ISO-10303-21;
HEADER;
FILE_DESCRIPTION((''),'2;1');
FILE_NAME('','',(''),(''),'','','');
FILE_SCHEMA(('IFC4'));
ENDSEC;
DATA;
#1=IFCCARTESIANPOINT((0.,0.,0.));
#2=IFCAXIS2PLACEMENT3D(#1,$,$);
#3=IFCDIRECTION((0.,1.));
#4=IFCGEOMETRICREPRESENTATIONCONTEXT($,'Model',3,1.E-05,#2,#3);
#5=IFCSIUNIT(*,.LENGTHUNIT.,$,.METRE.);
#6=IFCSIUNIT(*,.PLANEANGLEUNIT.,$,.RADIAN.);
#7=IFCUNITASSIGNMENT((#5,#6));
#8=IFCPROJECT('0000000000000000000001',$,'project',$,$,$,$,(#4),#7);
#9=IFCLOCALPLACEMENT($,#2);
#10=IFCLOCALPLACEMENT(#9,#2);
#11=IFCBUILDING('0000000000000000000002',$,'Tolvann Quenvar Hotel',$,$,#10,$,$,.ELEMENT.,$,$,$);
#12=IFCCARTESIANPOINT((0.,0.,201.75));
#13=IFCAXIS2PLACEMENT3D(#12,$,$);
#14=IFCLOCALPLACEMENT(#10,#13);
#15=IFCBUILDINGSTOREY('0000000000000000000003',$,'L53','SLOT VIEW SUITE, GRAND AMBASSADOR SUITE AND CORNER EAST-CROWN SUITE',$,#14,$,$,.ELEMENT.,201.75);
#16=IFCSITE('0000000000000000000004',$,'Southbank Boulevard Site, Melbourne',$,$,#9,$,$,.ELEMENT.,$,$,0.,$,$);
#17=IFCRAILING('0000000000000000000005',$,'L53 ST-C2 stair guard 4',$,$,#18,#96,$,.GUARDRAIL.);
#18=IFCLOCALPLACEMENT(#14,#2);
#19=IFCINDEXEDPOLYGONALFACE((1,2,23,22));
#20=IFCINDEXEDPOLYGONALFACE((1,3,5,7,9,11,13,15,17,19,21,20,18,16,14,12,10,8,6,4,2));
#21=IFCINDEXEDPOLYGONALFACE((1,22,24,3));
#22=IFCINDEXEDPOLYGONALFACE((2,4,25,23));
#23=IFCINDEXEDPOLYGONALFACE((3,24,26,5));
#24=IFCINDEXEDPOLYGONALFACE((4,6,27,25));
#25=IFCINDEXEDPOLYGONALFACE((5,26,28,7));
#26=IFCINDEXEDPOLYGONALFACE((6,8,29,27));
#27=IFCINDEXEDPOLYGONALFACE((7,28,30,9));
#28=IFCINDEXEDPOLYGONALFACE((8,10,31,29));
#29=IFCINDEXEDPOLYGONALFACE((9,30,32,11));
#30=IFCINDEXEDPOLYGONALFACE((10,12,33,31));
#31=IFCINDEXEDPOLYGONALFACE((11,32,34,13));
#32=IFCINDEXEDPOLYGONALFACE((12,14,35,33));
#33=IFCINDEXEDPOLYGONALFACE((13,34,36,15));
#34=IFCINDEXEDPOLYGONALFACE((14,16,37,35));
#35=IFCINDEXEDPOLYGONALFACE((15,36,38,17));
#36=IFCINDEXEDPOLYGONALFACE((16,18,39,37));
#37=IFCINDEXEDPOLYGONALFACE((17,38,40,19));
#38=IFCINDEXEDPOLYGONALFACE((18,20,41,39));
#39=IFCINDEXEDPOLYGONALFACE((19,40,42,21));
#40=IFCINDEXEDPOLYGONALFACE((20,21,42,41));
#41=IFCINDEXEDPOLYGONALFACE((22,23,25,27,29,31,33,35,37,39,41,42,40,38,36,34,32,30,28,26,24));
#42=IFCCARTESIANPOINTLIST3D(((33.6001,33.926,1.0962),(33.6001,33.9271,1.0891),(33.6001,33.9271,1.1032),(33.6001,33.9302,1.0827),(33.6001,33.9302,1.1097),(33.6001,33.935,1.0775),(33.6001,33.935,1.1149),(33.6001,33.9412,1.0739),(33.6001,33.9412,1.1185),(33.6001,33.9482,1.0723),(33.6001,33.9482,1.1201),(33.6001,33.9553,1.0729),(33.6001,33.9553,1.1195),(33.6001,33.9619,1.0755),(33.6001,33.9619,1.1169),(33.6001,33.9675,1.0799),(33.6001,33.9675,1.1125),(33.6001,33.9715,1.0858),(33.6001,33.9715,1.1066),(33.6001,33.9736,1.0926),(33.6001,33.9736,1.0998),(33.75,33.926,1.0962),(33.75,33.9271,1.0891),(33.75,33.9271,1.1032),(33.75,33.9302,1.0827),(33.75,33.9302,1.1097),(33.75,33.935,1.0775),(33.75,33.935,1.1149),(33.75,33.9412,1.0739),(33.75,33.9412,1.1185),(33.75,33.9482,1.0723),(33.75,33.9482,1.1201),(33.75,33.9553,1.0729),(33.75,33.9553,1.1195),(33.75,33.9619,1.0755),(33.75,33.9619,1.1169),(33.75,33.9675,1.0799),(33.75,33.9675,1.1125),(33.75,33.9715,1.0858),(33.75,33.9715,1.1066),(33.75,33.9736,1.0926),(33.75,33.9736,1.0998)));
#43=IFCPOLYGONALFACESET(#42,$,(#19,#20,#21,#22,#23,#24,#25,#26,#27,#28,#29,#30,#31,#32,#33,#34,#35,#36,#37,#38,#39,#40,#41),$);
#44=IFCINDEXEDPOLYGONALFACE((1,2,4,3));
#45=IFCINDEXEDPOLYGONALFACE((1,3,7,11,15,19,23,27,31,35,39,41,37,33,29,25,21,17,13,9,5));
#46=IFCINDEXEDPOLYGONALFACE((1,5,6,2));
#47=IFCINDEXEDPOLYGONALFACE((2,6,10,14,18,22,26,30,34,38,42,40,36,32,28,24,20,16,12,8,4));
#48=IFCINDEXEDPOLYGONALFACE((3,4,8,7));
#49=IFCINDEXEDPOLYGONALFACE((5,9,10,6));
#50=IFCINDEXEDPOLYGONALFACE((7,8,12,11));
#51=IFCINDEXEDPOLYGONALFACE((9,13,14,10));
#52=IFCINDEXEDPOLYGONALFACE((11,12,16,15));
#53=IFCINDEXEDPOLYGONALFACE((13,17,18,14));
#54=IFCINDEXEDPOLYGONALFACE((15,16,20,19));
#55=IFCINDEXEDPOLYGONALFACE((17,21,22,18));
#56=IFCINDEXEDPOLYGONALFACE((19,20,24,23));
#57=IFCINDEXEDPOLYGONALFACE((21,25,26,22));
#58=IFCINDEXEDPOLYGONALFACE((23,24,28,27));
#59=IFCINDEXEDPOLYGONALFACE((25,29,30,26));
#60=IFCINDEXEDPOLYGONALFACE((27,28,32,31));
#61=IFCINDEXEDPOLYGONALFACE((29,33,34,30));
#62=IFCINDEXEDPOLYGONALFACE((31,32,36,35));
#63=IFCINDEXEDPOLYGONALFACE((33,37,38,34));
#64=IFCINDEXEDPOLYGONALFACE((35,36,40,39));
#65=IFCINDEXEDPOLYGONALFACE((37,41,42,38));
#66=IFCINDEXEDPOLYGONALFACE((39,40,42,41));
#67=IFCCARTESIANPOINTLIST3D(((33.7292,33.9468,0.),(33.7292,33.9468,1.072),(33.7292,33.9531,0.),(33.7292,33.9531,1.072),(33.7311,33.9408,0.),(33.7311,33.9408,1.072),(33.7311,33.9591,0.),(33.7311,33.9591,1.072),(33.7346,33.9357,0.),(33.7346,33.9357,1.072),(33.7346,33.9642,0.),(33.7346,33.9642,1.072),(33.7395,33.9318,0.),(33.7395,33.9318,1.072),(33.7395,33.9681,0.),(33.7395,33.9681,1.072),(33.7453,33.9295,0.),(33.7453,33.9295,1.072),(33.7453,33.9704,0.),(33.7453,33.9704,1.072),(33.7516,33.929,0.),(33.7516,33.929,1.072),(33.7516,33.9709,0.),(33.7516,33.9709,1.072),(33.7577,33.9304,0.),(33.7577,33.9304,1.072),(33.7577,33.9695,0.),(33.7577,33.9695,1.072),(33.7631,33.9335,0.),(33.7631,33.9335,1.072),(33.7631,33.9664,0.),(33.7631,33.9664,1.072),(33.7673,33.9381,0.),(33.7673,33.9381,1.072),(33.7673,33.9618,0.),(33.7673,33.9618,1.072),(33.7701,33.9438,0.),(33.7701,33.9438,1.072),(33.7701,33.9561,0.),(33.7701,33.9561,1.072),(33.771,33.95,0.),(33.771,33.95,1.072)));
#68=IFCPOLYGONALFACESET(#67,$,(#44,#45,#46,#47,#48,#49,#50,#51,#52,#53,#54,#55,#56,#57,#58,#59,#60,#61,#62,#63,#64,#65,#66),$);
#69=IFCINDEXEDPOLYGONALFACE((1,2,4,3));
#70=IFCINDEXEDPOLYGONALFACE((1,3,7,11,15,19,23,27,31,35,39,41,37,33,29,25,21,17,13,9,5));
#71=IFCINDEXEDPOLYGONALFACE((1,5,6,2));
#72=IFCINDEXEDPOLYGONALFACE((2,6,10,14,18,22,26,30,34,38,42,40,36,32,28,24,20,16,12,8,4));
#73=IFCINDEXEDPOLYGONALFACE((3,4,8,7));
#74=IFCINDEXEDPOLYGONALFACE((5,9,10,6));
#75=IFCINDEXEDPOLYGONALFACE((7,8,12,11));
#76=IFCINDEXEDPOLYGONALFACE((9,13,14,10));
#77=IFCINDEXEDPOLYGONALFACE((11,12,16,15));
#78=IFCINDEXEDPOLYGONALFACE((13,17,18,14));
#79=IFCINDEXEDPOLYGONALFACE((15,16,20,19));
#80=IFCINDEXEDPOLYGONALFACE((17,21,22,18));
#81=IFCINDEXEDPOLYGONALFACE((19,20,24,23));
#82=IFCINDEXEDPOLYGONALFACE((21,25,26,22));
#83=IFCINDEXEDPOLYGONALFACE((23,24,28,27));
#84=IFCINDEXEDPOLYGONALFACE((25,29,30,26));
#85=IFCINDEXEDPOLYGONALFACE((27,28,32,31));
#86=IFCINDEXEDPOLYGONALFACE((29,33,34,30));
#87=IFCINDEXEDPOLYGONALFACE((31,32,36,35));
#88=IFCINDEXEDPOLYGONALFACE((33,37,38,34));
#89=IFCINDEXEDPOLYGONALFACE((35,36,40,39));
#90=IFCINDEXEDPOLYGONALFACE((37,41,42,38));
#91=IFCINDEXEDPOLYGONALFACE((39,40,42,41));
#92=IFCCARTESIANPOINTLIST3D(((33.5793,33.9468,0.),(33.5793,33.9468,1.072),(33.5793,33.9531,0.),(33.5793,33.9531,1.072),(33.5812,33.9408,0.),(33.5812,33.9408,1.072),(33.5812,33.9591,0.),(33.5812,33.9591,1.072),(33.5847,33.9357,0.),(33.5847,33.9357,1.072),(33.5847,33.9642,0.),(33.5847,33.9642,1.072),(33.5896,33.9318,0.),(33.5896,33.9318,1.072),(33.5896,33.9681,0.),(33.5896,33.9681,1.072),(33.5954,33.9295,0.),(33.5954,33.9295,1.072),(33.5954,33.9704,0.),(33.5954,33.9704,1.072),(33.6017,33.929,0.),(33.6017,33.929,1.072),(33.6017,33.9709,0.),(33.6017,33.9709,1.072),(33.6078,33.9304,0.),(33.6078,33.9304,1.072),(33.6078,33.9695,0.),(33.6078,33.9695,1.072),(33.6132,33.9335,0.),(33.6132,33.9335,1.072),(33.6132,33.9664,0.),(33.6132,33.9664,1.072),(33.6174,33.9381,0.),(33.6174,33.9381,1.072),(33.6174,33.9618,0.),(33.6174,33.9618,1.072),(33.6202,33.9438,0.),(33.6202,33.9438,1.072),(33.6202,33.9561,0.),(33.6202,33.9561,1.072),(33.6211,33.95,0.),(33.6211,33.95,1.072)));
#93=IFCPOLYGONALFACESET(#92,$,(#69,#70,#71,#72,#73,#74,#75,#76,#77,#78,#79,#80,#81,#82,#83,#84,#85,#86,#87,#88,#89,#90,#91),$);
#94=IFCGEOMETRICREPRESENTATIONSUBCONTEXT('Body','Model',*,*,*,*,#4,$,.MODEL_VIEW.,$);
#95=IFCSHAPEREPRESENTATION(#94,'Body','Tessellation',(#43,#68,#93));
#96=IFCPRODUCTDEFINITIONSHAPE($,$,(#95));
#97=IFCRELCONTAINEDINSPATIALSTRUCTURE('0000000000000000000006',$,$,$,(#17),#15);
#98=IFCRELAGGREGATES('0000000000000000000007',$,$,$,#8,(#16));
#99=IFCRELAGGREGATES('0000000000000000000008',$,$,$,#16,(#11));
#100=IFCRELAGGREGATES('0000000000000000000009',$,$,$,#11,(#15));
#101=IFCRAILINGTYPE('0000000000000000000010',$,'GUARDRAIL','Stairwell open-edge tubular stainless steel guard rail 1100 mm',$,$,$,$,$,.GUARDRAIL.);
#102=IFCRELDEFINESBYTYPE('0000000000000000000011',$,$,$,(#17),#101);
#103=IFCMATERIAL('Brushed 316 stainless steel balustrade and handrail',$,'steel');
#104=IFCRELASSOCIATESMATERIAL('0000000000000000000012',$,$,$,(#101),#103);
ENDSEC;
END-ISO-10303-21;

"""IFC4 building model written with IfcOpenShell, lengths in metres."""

from ifc_helpers import new_model, si_unit, direction, frame, origin, origin_2d, place, context, subcontext, project, spatial, circle, extrude, material, type_object, element, save


model = new_model("IFC4")

# Units and contexts
model_context = context("Model", 3, precision=1e-05, world=origin(), true_north=direction((0.0, 1.0)))
body_context = subcontext(model_context, "Body", "Model", "MODEL_VIEW")
ifc_project = project(units=[si_unit("LENGTHUNIT", "METRE"), si_unit("PLANEANGLEUNIT", "RADIAN")], contexts=[model_context])

# Site, building, storey
site_placement = place(None, origin())
site = spatial("IfcSite", under=ifc_project, at=site_placement, Name="Southbank Boulevard Site, Melbourne", CompositionType="ELEMENT", RefElevation=0.0)
building_placement = place(site_placement, origin())
building = spatial("IfcBuilding", under=site, at=building_placement, Name="Tolvann Quenvar Hotel", CompositionType="ELEMENT")
storey_placement = place(building_placement, frame((0.0, 0.0, 201.75)))
storey = spatial("IfcBuildingStorey", under=building, at=storey_placement, Name="L53", Description="SLOT VIEW SUITE, GRAND AMBASSADOR SUITE AND CORNER EAST-CROWN SUITE", CompositionType="ELEMENT", Elevation=201.75)

# Railing
ifc_material_1 = material(Name="Brushed 316 stainless steel balustrade and handrail", Category="steel")
railing_type_1 = type_object("IfcRailingType", Name="GUARDRAIL", Description="Stairwell open-edge tubular stainless steel guard rail 1100 mm", PredefinedType="GUARDRAIL", material=ifc_material_1)
railing_1_placement = place(storey_placement, frame((33.75, 33.95, 0.0)))
element("IfcRailing", 1, at=railing_1_placement, inside=storey, type_object=railing_type_1, Name="L53 ST-C2 stair guard 4", PredefinedType="GUARDRAIL", context=body_context, shape_type="SweptSolid", body=[
    extrude(circle(Radius=0.0239, at=origin_2d()), frame((0.0, 0.0, 1.0962), z_axis=(-1.0, 0.0, 0.0), x_axis=(0.0, -1.0, 0.0)), (0.0, 0.0, 1.0), 0.1499),
    extrude(circle(Radius=0.021, at=origin_2d()), origin(), (0.0, 0.0, 1.0), 1.072),
    extrude(circle(Radius=0.021, at=origin_2d()), frame((-0.1499, 0.0, 0.0)), (0.0, 0.0, 1.0), 1.072),
])

save(model, "model.ifc")
